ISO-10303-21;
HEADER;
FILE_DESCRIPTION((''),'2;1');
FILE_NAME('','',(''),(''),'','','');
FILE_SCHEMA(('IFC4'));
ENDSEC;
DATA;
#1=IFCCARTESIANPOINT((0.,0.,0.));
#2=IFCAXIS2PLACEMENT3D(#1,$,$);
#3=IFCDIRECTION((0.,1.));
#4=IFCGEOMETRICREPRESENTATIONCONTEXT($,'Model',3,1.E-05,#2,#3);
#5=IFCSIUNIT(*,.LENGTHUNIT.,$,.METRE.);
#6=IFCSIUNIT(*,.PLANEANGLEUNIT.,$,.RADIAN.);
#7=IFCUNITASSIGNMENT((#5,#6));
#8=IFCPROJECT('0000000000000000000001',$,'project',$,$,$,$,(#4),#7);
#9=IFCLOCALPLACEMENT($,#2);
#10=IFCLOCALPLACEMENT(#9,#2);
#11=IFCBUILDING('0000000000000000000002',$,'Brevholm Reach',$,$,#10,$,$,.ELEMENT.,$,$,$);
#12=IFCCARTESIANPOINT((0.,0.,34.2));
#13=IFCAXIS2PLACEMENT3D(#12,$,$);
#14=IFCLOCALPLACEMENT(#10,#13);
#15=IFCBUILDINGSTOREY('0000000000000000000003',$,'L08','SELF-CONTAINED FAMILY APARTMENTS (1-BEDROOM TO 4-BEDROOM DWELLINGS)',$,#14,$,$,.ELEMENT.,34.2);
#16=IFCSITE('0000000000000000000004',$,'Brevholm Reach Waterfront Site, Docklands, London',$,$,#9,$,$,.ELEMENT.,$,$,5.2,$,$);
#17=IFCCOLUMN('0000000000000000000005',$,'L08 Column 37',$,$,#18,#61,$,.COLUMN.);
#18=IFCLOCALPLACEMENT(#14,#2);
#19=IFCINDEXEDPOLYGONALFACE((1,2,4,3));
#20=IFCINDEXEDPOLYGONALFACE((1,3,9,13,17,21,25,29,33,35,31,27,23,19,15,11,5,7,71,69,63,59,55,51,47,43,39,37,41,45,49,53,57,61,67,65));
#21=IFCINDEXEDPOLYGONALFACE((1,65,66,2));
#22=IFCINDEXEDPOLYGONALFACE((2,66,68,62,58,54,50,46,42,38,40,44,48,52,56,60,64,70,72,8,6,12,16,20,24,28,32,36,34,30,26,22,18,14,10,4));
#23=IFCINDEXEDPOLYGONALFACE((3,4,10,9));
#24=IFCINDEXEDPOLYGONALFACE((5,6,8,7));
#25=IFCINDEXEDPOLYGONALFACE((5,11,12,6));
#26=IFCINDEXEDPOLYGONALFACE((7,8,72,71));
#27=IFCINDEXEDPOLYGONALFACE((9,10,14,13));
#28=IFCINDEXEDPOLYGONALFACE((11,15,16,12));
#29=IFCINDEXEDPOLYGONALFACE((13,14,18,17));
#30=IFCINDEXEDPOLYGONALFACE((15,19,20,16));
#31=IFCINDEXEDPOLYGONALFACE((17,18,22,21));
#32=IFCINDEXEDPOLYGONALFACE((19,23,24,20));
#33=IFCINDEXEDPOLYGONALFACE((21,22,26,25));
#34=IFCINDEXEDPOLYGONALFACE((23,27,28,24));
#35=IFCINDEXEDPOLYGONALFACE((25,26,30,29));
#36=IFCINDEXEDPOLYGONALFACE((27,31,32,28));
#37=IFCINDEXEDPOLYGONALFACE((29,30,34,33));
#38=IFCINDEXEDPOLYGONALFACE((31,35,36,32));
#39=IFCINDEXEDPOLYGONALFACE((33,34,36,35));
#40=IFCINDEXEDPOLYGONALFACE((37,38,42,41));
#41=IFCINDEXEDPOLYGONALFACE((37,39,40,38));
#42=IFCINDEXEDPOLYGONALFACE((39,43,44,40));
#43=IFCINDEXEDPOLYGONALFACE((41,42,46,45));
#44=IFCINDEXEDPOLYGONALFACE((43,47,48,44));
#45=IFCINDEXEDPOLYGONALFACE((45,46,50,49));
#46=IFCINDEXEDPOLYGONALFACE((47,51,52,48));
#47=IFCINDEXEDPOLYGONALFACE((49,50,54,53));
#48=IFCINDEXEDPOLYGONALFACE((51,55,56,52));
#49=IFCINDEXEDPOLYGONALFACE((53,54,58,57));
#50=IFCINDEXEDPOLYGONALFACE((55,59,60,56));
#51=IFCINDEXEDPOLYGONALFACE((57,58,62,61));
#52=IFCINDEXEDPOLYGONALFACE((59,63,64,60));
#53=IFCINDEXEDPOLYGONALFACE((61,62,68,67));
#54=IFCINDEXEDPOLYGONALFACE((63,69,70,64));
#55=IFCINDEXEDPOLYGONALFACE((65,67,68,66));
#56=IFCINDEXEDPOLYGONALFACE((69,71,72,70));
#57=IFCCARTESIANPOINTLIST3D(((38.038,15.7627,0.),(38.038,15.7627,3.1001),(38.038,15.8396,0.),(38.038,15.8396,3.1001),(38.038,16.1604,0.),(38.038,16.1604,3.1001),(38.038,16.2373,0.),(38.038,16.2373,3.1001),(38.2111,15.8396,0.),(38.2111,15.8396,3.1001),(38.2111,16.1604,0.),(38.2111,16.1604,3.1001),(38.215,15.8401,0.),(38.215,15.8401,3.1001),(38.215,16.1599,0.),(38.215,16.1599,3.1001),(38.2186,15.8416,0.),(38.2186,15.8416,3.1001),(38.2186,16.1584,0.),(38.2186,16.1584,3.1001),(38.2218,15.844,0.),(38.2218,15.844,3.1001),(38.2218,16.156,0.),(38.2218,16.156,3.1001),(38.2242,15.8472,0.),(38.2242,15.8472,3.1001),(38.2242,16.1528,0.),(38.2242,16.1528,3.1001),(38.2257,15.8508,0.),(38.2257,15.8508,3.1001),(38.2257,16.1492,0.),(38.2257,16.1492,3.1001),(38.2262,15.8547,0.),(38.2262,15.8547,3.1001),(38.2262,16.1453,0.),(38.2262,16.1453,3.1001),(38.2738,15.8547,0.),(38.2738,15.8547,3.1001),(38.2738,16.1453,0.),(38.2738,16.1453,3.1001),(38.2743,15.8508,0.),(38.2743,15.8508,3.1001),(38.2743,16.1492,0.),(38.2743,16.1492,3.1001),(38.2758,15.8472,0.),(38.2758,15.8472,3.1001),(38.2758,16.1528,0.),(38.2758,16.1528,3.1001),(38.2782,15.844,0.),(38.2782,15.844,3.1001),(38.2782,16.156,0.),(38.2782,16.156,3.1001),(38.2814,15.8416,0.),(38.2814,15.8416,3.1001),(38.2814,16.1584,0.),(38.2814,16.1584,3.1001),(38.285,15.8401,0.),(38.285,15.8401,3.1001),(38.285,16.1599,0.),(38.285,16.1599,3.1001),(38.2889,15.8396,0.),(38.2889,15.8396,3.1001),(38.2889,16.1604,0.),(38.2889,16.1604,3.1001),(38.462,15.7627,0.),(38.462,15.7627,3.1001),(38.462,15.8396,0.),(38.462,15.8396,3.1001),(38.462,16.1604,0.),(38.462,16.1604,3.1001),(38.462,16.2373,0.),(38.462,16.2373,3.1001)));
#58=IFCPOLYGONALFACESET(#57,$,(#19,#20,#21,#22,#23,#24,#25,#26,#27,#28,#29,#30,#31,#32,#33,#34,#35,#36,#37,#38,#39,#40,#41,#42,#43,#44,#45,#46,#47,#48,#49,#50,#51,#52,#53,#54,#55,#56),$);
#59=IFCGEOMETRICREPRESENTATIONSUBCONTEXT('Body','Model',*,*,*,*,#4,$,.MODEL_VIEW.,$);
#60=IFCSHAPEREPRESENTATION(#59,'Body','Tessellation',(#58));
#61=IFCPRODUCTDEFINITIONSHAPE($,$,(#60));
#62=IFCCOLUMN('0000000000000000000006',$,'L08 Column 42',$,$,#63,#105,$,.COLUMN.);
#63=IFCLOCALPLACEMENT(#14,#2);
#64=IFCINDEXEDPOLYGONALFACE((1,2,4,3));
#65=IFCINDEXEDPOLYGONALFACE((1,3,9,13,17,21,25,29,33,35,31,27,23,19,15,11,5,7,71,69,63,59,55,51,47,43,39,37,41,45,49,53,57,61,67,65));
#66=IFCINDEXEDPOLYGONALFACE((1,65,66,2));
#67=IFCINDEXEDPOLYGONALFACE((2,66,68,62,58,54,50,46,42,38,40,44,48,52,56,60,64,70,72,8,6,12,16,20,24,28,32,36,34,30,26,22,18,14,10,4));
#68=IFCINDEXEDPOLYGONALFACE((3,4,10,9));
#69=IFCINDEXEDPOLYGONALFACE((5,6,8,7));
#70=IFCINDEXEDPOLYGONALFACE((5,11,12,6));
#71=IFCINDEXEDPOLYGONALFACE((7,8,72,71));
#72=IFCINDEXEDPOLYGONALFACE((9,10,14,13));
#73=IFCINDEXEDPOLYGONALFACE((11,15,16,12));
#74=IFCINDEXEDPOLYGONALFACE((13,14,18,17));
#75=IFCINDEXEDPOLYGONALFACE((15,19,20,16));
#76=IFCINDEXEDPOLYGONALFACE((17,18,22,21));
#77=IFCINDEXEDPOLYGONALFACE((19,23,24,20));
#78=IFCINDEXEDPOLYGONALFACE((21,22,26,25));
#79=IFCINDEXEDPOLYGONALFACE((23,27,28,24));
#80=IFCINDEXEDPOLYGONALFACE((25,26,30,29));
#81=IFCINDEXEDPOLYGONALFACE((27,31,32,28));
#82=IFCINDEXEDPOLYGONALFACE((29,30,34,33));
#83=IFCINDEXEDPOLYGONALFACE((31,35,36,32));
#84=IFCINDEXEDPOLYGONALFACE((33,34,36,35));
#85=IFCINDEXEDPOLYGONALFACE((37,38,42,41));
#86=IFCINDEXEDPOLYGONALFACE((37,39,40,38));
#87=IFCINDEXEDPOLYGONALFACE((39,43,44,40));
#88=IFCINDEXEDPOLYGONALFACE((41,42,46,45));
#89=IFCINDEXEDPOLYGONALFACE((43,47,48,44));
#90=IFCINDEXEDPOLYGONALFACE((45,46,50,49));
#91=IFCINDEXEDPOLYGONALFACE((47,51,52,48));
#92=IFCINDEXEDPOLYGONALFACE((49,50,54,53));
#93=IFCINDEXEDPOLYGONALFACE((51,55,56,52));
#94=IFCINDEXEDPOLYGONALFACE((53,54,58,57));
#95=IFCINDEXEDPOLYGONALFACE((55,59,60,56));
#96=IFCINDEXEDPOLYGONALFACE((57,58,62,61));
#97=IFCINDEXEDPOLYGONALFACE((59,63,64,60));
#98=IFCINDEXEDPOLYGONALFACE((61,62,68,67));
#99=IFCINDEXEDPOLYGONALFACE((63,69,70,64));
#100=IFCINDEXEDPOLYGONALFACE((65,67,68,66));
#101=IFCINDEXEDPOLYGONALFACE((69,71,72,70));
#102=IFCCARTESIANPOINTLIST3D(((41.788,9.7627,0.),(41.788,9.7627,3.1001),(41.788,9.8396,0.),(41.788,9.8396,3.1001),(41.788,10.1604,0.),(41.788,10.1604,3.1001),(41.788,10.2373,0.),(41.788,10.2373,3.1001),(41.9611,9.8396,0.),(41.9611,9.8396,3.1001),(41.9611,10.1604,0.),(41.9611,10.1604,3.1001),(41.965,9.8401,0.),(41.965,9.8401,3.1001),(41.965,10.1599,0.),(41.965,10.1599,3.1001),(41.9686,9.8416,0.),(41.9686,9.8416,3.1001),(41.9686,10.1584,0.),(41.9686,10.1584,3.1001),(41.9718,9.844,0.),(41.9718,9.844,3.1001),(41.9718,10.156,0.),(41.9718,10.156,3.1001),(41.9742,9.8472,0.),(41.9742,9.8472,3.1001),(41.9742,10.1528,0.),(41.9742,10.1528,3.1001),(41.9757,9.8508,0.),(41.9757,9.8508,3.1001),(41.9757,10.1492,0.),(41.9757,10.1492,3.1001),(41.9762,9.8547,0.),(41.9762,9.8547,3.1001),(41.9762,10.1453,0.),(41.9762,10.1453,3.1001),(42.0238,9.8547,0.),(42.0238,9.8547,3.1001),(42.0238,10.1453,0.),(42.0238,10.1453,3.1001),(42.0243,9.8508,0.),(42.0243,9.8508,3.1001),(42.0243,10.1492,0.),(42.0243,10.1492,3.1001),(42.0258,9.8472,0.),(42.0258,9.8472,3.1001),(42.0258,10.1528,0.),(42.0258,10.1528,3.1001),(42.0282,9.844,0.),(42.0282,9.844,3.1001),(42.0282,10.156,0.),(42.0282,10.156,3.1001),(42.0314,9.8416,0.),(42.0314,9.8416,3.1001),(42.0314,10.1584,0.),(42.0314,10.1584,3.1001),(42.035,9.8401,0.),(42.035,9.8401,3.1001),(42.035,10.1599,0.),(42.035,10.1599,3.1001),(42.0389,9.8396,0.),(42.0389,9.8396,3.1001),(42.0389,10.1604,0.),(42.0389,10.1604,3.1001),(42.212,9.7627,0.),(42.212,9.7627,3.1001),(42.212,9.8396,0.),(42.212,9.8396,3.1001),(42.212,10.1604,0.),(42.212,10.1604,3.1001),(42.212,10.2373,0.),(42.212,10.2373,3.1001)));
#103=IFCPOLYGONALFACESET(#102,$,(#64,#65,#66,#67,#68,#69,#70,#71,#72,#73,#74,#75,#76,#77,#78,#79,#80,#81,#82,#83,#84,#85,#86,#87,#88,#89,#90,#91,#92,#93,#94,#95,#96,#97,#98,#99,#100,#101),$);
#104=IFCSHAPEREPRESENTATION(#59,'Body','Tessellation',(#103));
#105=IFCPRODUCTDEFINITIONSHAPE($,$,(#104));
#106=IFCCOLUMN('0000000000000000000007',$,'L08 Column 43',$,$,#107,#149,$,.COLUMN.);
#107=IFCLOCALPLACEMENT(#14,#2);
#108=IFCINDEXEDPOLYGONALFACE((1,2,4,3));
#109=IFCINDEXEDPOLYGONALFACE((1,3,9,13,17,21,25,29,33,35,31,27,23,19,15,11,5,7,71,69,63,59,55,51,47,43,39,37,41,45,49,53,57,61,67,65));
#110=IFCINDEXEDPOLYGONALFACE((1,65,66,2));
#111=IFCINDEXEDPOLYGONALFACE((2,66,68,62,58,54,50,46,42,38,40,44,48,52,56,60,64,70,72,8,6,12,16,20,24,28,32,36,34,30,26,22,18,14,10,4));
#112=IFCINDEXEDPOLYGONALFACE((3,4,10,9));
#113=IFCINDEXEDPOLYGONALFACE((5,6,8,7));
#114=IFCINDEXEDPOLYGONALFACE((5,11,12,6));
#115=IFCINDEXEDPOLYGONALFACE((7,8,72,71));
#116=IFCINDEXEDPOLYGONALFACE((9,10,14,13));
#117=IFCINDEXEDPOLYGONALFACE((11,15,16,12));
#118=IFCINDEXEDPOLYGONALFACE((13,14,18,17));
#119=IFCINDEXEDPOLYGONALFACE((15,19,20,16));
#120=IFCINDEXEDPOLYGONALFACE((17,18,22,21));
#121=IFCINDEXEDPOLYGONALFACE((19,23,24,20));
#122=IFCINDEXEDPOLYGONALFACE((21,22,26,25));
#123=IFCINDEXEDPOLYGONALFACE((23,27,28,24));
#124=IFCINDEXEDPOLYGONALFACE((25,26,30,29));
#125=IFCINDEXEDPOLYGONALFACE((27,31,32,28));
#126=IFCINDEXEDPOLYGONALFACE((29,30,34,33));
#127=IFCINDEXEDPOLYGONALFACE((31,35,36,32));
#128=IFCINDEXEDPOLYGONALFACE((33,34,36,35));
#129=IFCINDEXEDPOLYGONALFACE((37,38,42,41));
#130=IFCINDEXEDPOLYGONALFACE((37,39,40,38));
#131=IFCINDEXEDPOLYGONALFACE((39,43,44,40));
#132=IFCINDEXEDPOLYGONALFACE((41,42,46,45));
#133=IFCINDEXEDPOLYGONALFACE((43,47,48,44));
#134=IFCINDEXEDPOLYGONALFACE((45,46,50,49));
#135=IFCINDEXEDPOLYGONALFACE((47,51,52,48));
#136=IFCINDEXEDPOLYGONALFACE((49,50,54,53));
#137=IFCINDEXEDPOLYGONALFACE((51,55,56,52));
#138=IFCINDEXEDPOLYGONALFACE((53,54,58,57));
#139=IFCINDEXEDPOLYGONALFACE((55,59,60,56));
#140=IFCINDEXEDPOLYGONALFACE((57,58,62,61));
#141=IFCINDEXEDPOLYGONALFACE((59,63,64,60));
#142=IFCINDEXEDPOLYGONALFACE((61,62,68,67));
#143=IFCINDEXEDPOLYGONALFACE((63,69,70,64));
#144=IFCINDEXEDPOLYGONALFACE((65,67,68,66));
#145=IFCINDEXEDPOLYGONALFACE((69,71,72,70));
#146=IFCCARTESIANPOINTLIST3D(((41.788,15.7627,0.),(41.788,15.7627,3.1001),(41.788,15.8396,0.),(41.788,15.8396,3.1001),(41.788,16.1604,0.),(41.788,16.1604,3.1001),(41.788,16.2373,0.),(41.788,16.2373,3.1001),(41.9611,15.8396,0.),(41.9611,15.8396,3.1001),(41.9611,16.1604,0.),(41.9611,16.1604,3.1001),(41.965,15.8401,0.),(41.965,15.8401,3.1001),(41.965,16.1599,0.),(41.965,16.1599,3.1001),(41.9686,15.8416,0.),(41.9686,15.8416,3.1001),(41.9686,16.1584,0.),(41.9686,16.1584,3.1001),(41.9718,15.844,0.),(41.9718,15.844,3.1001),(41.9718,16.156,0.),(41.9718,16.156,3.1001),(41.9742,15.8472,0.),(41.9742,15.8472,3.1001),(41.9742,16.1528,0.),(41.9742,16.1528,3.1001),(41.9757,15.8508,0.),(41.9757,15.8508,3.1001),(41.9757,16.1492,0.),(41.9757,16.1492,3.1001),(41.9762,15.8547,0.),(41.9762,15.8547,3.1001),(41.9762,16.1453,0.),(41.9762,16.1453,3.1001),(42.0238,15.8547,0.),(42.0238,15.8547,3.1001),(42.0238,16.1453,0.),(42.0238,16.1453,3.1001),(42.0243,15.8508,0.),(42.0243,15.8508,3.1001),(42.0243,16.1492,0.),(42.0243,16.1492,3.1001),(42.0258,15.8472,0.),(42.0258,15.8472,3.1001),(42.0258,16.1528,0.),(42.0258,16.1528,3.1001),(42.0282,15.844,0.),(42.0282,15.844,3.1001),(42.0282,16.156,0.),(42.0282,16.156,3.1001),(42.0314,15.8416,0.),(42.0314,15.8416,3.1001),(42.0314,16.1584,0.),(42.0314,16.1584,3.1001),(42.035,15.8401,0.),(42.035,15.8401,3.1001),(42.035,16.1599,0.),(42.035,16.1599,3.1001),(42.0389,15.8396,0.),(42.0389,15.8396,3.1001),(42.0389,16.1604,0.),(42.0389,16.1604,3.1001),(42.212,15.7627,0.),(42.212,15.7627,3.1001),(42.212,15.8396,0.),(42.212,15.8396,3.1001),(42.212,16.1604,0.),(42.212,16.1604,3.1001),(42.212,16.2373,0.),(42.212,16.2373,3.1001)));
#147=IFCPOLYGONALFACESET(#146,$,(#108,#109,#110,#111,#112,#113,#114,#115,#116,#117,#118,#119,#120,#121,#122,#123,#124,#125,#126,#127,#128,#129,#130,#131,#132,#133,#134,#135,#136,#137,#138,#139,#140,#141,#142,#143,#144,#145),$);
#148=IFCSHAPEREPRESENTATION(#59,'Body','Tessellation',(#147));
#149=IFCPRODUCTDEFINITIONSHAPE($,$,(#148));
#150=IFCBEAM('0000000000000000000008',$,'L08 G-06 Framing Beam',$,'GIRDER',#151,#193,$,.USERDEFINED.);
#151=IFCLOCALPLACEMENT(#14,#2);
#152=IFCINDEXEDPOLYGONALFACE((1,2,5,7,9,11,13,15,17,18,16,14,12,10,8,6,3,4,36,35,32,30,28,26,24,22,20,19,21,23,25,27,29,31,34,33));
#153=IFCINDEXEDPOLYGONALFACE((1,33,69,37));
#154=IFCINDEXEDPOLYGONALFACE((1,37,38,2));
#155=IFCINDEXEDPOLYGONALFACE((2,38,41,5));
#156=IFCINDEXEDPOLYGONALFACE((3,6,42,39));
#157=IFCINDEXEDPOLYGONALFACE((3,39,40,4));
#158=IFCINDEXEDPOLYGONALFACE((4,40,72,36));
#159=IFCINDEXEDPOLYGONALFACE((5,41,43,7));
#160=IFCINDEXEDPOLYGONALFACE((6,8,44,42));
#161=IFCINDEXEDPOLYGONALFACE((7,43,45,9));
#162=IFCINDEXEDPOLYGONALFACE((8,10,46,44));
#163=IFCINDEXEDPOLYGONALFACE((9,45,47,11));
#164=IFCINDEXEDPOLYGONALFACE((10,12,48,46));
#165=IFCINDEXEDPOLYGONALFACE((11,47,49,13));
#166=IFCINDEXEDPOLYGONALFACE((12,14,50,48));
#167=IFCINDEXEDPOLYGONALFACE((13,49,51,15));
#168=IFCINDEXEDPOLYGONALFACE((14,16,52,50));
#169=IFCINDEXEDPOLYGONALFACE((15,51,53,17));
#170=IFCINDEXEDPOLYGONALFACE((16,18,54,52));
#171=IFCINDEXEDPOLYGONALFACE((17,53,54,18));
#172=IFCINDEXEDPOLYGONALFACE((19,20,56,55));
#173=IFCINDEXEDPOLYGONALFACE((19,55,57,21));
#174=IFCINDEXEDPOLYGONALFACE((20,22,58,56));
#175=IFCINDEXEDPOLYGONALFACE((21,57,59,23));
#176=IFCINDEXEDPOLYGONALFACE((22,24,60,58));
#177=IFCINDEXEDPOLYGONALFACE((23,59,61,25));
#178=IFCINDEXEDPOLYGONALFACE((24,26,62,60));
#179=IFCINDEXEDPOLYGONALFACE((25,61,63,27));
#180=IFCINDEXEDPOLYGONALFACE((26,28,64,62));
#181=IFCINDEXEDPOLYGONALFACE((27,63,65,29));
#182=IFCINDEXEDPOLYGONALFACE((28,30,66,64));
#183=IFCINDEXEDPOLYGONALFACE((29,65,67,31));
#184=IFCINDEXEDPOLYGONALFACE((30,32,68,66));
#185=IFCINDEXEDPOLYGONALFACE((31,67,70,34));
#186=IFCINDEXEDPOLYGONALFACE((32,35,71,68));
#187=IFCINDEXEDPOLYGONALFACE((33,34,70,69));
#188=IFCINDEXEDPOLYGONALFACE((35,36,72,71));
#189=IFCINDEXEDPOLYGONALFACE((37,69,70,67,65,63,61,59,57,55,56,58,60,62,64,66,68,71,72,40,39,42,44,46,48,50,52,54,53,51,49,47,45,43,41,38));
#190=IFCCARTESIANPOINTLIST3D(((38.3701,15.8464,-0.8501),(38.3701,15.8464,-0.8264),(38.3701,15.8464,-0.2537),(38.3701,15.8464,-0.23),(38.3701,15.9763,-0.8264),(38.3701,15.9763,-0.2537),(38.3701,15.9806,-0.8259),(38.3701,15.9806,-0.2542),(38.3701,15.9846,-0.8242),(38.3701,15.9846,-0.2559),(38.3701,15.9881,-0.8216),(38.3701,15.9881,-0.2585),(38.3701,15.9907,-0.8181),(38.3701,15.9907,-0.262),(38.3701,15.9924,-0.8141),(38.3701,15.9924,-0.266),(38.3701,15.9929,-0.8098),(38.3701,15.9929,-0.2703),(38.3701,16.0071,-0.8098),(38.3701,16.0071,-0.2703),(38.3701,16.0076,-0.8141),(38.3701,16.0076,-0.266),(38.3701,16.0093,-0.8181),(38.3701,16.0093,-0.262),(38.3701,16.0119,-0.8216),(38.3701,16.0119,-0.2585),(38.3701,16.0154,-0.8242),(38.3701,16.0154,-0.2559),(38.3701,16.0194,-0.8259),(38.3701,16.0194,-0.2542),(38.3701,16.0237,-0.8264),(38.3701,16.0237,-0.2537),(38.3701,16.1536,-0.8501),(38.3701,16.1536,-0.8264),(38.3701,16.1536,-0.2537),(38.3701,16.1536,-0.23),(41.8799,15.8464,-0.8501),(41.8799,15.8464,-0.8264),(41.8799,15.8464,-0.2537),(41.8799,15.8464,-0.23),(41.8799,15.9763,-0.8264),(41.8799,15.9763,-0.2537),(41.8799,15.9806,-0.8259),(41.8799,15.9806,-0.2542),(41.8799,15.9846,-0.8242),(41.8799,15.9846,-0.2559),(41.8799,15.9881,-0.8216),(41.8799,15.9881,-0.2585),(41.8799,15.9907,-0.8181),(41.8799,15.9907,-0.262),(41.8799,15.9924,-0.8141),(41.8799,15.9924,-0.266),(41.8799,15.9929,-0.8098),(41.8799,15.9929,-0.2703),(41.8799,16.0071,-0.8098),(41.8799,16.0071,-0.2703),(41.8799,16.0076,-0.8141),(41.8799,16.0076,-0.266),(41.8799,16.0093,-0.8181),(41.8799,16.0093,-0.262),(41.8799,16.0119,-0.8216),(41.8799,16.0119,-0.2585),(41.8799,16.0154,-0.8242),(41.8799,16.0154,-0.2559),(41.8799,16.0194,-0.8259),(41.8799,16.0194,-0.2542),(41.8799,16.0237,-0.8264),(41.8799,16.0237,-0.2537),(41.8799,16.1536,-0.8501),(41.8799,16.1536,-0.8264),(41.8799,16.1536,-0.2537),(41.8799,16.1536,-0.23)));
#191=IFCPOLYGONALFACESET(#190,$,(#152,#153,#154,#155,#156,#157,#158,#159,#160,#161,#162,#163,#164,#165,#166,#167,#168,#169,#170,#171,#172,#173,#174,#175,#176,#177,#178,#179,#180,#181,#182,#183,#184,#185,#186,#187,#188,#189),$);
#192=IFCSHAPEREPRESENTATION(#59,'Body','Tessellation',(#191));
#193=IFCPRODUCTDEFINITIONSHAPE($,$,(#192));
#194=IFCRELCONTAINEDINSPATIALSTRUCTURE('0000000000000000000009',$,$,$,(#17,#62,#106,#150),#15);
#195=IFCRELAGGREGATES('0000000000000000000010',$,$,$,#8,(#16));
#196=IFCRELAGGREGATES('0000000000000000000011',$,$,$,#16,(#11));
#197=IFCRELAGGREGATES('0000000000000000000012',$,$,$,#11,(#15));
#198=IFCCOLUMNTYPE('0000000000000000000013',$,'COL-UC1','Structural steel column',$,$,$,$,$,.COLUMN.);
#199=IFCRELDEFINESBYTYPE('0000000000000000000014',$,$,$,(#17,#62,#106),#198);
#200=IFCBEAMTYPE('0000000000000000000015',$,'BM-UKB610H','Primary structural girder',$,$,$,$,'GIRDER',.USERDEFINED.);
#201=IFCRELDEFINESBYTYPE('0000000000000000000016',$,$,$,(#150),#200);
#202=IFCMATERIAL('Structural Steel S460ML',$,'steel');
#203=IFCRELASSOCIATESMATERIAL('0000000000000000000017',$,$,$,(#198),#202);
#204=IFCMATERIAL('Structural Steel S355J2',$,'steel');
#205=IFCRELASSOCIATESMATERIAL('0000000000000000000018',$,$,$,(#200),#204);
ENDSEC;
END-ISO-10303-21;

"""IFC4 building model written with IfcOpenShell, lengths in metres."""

from ifc_helpers import new_model, si_unit, direction, frame, origin, origin_2d, place, context, subcontext, project, spatial, i_section, extrude, material, material_profile, profile_set, type_object, element, save


model = new_model("IFC4")

# Units and contexts
model_context = context("Model", 3, precision=1e-05, world=origin(), true_north=direction((0.0, 1.0)))
body_context = subcontext(model_context, "Body", "Model", "MODEL_VIEW")
ifc_project = project(units=[si_unit("LENGTHUNIT", "METRE"), si_unit("PLANEANGLEUNIT", "RADIAN")], contexts=[model_context])

# Site, building, storey
site_placement = place(None, origin())
site = spatial("IfcSite", under=ifc_project, at=site_placement, Name="Brevholm Reach Waterfront Site, Docklands, London", CompositionType="ELEMENT", RefElevation=5.2)
building_placement = place(site_placement, origin())
building = spatial("IfcBuilding", under=site, at=building_placement, Name="Brevholm Reach", CompositionType="ELEMENT")
storey_placement = place(building_placement, frame((0.0, 0.0, 34.2)))
storey = spatial("IfcBuildingStorey", under=building, at=storey_placement, Name="L08", Description="SELF-CONTAINED FAMILY APARTMENTS (1-BEDROOM TO 4-BEDROOM DWELLINGS)", CompositionType="ELEMENT", Elevation=34.2)

# Columns
ifc_material_1 = material(Name="Structural Steel S460ML", Category="steel")
ifc_material_profile_1 = material_profile(ifc_material_1, i_section(OverallWidth=0.4241, OverallDepth=0.4746, WebThickness=0.0476, FlangeThickness=0.0769, FilletRadius=0.0151, at=origin_2d()), Name="UKC 356x406x634")
ifc_profile_set_1 = profile_set([ifc_material_profile_1], Name="Structural Steel S460ML")
column_type = type_object("IfcColumnType", Name="COL-UC1", Description="Structural steel column", PredefinedType="COLUMN", material=ifc_profile_set_1)
for number, where, z_axis, x_axis, name in (
    (1, (38.25, 16.0, 0.0), (0.0, 0.0, 1.0), (1.0, 0.0, 0.0), "L08 Column 37"),
    (2, (42.0, 10.0, 0.0), (0.0, 0.0, 1.0), (1.0, 0.0, 0.0), "L08 Column 42"),
    (3, (42.0, 16.0, 0.0), (0.0, 0.0, 1.0), (1.0, 0.0, 0.0), "L08 Column 43"),
):
    element("IfcColumn", number, at=place(storey_placement, frame(where, z_axis=z_axis, x_axis=x_axis)), inside=storey, type_object=column_type, Name=name, PredefinedType="COLUMN", context=body_context, shape_type="SweptSolid", body=[
        extrude(i_section(OverallWidth=0.4241, OverallDepth=0.4746, WebThickness=0.0476, FlangeThickness=0.0769, FilletRadius=0.0151, at=origin_2d()), origin(), (0.0, 0.0, 1.0), 3.1001),
    ])

# Beam
ifc_material_2 = material(Name="Structural Steel S355J2", Category="steel")
ifc_material_profile_2 = material_profile(ifc_material_2, i_section(OverallWidth=0.3071, OverallDepth=0.6201, WebThickness=0.0142, FlangeThickness=0.0237, FilletRadius=0.0166, at=origin_2d()), Name="UKB 610x305x179")
ifc_profile_set_2 = profile_set([ifc_material_profile_2], Name="Structural Steel S355J2")
beam_type = type_object("IfcBeamType", Name="BM-UKB610H", Description="Primary structural girder", ElementType="GIRDER", PredefinedType="USERDEFINED", material=ifc_profile_set_2)
beam_placement = place(storey_placement, frame((38.3701, 16.0, -0.54), z_axis=(1.0, 0.0, 0.0), x_axis=(0.0, 1.0, 0.0)))
element("IfcBeam", 4, at=beam_placement, inside=storey, type_object=beam_type, Name="L08 G-06 Framing Beam", ObjectType="GIRDER", PredefinedType="USERDEFINED", context=body_context, shape_type="SweptSolid", body=[
    extrude(i_section(OverallWidth=0.3071, OverallDepth=0.6201, WebThickness=0.0142, FlangeThickness=0.0237, FilletRadius=0.0166, at=origin_2d()), origin(), (0.0, 0.0, 1.0), 3.5098),
])

save(model, "model.ifc")
